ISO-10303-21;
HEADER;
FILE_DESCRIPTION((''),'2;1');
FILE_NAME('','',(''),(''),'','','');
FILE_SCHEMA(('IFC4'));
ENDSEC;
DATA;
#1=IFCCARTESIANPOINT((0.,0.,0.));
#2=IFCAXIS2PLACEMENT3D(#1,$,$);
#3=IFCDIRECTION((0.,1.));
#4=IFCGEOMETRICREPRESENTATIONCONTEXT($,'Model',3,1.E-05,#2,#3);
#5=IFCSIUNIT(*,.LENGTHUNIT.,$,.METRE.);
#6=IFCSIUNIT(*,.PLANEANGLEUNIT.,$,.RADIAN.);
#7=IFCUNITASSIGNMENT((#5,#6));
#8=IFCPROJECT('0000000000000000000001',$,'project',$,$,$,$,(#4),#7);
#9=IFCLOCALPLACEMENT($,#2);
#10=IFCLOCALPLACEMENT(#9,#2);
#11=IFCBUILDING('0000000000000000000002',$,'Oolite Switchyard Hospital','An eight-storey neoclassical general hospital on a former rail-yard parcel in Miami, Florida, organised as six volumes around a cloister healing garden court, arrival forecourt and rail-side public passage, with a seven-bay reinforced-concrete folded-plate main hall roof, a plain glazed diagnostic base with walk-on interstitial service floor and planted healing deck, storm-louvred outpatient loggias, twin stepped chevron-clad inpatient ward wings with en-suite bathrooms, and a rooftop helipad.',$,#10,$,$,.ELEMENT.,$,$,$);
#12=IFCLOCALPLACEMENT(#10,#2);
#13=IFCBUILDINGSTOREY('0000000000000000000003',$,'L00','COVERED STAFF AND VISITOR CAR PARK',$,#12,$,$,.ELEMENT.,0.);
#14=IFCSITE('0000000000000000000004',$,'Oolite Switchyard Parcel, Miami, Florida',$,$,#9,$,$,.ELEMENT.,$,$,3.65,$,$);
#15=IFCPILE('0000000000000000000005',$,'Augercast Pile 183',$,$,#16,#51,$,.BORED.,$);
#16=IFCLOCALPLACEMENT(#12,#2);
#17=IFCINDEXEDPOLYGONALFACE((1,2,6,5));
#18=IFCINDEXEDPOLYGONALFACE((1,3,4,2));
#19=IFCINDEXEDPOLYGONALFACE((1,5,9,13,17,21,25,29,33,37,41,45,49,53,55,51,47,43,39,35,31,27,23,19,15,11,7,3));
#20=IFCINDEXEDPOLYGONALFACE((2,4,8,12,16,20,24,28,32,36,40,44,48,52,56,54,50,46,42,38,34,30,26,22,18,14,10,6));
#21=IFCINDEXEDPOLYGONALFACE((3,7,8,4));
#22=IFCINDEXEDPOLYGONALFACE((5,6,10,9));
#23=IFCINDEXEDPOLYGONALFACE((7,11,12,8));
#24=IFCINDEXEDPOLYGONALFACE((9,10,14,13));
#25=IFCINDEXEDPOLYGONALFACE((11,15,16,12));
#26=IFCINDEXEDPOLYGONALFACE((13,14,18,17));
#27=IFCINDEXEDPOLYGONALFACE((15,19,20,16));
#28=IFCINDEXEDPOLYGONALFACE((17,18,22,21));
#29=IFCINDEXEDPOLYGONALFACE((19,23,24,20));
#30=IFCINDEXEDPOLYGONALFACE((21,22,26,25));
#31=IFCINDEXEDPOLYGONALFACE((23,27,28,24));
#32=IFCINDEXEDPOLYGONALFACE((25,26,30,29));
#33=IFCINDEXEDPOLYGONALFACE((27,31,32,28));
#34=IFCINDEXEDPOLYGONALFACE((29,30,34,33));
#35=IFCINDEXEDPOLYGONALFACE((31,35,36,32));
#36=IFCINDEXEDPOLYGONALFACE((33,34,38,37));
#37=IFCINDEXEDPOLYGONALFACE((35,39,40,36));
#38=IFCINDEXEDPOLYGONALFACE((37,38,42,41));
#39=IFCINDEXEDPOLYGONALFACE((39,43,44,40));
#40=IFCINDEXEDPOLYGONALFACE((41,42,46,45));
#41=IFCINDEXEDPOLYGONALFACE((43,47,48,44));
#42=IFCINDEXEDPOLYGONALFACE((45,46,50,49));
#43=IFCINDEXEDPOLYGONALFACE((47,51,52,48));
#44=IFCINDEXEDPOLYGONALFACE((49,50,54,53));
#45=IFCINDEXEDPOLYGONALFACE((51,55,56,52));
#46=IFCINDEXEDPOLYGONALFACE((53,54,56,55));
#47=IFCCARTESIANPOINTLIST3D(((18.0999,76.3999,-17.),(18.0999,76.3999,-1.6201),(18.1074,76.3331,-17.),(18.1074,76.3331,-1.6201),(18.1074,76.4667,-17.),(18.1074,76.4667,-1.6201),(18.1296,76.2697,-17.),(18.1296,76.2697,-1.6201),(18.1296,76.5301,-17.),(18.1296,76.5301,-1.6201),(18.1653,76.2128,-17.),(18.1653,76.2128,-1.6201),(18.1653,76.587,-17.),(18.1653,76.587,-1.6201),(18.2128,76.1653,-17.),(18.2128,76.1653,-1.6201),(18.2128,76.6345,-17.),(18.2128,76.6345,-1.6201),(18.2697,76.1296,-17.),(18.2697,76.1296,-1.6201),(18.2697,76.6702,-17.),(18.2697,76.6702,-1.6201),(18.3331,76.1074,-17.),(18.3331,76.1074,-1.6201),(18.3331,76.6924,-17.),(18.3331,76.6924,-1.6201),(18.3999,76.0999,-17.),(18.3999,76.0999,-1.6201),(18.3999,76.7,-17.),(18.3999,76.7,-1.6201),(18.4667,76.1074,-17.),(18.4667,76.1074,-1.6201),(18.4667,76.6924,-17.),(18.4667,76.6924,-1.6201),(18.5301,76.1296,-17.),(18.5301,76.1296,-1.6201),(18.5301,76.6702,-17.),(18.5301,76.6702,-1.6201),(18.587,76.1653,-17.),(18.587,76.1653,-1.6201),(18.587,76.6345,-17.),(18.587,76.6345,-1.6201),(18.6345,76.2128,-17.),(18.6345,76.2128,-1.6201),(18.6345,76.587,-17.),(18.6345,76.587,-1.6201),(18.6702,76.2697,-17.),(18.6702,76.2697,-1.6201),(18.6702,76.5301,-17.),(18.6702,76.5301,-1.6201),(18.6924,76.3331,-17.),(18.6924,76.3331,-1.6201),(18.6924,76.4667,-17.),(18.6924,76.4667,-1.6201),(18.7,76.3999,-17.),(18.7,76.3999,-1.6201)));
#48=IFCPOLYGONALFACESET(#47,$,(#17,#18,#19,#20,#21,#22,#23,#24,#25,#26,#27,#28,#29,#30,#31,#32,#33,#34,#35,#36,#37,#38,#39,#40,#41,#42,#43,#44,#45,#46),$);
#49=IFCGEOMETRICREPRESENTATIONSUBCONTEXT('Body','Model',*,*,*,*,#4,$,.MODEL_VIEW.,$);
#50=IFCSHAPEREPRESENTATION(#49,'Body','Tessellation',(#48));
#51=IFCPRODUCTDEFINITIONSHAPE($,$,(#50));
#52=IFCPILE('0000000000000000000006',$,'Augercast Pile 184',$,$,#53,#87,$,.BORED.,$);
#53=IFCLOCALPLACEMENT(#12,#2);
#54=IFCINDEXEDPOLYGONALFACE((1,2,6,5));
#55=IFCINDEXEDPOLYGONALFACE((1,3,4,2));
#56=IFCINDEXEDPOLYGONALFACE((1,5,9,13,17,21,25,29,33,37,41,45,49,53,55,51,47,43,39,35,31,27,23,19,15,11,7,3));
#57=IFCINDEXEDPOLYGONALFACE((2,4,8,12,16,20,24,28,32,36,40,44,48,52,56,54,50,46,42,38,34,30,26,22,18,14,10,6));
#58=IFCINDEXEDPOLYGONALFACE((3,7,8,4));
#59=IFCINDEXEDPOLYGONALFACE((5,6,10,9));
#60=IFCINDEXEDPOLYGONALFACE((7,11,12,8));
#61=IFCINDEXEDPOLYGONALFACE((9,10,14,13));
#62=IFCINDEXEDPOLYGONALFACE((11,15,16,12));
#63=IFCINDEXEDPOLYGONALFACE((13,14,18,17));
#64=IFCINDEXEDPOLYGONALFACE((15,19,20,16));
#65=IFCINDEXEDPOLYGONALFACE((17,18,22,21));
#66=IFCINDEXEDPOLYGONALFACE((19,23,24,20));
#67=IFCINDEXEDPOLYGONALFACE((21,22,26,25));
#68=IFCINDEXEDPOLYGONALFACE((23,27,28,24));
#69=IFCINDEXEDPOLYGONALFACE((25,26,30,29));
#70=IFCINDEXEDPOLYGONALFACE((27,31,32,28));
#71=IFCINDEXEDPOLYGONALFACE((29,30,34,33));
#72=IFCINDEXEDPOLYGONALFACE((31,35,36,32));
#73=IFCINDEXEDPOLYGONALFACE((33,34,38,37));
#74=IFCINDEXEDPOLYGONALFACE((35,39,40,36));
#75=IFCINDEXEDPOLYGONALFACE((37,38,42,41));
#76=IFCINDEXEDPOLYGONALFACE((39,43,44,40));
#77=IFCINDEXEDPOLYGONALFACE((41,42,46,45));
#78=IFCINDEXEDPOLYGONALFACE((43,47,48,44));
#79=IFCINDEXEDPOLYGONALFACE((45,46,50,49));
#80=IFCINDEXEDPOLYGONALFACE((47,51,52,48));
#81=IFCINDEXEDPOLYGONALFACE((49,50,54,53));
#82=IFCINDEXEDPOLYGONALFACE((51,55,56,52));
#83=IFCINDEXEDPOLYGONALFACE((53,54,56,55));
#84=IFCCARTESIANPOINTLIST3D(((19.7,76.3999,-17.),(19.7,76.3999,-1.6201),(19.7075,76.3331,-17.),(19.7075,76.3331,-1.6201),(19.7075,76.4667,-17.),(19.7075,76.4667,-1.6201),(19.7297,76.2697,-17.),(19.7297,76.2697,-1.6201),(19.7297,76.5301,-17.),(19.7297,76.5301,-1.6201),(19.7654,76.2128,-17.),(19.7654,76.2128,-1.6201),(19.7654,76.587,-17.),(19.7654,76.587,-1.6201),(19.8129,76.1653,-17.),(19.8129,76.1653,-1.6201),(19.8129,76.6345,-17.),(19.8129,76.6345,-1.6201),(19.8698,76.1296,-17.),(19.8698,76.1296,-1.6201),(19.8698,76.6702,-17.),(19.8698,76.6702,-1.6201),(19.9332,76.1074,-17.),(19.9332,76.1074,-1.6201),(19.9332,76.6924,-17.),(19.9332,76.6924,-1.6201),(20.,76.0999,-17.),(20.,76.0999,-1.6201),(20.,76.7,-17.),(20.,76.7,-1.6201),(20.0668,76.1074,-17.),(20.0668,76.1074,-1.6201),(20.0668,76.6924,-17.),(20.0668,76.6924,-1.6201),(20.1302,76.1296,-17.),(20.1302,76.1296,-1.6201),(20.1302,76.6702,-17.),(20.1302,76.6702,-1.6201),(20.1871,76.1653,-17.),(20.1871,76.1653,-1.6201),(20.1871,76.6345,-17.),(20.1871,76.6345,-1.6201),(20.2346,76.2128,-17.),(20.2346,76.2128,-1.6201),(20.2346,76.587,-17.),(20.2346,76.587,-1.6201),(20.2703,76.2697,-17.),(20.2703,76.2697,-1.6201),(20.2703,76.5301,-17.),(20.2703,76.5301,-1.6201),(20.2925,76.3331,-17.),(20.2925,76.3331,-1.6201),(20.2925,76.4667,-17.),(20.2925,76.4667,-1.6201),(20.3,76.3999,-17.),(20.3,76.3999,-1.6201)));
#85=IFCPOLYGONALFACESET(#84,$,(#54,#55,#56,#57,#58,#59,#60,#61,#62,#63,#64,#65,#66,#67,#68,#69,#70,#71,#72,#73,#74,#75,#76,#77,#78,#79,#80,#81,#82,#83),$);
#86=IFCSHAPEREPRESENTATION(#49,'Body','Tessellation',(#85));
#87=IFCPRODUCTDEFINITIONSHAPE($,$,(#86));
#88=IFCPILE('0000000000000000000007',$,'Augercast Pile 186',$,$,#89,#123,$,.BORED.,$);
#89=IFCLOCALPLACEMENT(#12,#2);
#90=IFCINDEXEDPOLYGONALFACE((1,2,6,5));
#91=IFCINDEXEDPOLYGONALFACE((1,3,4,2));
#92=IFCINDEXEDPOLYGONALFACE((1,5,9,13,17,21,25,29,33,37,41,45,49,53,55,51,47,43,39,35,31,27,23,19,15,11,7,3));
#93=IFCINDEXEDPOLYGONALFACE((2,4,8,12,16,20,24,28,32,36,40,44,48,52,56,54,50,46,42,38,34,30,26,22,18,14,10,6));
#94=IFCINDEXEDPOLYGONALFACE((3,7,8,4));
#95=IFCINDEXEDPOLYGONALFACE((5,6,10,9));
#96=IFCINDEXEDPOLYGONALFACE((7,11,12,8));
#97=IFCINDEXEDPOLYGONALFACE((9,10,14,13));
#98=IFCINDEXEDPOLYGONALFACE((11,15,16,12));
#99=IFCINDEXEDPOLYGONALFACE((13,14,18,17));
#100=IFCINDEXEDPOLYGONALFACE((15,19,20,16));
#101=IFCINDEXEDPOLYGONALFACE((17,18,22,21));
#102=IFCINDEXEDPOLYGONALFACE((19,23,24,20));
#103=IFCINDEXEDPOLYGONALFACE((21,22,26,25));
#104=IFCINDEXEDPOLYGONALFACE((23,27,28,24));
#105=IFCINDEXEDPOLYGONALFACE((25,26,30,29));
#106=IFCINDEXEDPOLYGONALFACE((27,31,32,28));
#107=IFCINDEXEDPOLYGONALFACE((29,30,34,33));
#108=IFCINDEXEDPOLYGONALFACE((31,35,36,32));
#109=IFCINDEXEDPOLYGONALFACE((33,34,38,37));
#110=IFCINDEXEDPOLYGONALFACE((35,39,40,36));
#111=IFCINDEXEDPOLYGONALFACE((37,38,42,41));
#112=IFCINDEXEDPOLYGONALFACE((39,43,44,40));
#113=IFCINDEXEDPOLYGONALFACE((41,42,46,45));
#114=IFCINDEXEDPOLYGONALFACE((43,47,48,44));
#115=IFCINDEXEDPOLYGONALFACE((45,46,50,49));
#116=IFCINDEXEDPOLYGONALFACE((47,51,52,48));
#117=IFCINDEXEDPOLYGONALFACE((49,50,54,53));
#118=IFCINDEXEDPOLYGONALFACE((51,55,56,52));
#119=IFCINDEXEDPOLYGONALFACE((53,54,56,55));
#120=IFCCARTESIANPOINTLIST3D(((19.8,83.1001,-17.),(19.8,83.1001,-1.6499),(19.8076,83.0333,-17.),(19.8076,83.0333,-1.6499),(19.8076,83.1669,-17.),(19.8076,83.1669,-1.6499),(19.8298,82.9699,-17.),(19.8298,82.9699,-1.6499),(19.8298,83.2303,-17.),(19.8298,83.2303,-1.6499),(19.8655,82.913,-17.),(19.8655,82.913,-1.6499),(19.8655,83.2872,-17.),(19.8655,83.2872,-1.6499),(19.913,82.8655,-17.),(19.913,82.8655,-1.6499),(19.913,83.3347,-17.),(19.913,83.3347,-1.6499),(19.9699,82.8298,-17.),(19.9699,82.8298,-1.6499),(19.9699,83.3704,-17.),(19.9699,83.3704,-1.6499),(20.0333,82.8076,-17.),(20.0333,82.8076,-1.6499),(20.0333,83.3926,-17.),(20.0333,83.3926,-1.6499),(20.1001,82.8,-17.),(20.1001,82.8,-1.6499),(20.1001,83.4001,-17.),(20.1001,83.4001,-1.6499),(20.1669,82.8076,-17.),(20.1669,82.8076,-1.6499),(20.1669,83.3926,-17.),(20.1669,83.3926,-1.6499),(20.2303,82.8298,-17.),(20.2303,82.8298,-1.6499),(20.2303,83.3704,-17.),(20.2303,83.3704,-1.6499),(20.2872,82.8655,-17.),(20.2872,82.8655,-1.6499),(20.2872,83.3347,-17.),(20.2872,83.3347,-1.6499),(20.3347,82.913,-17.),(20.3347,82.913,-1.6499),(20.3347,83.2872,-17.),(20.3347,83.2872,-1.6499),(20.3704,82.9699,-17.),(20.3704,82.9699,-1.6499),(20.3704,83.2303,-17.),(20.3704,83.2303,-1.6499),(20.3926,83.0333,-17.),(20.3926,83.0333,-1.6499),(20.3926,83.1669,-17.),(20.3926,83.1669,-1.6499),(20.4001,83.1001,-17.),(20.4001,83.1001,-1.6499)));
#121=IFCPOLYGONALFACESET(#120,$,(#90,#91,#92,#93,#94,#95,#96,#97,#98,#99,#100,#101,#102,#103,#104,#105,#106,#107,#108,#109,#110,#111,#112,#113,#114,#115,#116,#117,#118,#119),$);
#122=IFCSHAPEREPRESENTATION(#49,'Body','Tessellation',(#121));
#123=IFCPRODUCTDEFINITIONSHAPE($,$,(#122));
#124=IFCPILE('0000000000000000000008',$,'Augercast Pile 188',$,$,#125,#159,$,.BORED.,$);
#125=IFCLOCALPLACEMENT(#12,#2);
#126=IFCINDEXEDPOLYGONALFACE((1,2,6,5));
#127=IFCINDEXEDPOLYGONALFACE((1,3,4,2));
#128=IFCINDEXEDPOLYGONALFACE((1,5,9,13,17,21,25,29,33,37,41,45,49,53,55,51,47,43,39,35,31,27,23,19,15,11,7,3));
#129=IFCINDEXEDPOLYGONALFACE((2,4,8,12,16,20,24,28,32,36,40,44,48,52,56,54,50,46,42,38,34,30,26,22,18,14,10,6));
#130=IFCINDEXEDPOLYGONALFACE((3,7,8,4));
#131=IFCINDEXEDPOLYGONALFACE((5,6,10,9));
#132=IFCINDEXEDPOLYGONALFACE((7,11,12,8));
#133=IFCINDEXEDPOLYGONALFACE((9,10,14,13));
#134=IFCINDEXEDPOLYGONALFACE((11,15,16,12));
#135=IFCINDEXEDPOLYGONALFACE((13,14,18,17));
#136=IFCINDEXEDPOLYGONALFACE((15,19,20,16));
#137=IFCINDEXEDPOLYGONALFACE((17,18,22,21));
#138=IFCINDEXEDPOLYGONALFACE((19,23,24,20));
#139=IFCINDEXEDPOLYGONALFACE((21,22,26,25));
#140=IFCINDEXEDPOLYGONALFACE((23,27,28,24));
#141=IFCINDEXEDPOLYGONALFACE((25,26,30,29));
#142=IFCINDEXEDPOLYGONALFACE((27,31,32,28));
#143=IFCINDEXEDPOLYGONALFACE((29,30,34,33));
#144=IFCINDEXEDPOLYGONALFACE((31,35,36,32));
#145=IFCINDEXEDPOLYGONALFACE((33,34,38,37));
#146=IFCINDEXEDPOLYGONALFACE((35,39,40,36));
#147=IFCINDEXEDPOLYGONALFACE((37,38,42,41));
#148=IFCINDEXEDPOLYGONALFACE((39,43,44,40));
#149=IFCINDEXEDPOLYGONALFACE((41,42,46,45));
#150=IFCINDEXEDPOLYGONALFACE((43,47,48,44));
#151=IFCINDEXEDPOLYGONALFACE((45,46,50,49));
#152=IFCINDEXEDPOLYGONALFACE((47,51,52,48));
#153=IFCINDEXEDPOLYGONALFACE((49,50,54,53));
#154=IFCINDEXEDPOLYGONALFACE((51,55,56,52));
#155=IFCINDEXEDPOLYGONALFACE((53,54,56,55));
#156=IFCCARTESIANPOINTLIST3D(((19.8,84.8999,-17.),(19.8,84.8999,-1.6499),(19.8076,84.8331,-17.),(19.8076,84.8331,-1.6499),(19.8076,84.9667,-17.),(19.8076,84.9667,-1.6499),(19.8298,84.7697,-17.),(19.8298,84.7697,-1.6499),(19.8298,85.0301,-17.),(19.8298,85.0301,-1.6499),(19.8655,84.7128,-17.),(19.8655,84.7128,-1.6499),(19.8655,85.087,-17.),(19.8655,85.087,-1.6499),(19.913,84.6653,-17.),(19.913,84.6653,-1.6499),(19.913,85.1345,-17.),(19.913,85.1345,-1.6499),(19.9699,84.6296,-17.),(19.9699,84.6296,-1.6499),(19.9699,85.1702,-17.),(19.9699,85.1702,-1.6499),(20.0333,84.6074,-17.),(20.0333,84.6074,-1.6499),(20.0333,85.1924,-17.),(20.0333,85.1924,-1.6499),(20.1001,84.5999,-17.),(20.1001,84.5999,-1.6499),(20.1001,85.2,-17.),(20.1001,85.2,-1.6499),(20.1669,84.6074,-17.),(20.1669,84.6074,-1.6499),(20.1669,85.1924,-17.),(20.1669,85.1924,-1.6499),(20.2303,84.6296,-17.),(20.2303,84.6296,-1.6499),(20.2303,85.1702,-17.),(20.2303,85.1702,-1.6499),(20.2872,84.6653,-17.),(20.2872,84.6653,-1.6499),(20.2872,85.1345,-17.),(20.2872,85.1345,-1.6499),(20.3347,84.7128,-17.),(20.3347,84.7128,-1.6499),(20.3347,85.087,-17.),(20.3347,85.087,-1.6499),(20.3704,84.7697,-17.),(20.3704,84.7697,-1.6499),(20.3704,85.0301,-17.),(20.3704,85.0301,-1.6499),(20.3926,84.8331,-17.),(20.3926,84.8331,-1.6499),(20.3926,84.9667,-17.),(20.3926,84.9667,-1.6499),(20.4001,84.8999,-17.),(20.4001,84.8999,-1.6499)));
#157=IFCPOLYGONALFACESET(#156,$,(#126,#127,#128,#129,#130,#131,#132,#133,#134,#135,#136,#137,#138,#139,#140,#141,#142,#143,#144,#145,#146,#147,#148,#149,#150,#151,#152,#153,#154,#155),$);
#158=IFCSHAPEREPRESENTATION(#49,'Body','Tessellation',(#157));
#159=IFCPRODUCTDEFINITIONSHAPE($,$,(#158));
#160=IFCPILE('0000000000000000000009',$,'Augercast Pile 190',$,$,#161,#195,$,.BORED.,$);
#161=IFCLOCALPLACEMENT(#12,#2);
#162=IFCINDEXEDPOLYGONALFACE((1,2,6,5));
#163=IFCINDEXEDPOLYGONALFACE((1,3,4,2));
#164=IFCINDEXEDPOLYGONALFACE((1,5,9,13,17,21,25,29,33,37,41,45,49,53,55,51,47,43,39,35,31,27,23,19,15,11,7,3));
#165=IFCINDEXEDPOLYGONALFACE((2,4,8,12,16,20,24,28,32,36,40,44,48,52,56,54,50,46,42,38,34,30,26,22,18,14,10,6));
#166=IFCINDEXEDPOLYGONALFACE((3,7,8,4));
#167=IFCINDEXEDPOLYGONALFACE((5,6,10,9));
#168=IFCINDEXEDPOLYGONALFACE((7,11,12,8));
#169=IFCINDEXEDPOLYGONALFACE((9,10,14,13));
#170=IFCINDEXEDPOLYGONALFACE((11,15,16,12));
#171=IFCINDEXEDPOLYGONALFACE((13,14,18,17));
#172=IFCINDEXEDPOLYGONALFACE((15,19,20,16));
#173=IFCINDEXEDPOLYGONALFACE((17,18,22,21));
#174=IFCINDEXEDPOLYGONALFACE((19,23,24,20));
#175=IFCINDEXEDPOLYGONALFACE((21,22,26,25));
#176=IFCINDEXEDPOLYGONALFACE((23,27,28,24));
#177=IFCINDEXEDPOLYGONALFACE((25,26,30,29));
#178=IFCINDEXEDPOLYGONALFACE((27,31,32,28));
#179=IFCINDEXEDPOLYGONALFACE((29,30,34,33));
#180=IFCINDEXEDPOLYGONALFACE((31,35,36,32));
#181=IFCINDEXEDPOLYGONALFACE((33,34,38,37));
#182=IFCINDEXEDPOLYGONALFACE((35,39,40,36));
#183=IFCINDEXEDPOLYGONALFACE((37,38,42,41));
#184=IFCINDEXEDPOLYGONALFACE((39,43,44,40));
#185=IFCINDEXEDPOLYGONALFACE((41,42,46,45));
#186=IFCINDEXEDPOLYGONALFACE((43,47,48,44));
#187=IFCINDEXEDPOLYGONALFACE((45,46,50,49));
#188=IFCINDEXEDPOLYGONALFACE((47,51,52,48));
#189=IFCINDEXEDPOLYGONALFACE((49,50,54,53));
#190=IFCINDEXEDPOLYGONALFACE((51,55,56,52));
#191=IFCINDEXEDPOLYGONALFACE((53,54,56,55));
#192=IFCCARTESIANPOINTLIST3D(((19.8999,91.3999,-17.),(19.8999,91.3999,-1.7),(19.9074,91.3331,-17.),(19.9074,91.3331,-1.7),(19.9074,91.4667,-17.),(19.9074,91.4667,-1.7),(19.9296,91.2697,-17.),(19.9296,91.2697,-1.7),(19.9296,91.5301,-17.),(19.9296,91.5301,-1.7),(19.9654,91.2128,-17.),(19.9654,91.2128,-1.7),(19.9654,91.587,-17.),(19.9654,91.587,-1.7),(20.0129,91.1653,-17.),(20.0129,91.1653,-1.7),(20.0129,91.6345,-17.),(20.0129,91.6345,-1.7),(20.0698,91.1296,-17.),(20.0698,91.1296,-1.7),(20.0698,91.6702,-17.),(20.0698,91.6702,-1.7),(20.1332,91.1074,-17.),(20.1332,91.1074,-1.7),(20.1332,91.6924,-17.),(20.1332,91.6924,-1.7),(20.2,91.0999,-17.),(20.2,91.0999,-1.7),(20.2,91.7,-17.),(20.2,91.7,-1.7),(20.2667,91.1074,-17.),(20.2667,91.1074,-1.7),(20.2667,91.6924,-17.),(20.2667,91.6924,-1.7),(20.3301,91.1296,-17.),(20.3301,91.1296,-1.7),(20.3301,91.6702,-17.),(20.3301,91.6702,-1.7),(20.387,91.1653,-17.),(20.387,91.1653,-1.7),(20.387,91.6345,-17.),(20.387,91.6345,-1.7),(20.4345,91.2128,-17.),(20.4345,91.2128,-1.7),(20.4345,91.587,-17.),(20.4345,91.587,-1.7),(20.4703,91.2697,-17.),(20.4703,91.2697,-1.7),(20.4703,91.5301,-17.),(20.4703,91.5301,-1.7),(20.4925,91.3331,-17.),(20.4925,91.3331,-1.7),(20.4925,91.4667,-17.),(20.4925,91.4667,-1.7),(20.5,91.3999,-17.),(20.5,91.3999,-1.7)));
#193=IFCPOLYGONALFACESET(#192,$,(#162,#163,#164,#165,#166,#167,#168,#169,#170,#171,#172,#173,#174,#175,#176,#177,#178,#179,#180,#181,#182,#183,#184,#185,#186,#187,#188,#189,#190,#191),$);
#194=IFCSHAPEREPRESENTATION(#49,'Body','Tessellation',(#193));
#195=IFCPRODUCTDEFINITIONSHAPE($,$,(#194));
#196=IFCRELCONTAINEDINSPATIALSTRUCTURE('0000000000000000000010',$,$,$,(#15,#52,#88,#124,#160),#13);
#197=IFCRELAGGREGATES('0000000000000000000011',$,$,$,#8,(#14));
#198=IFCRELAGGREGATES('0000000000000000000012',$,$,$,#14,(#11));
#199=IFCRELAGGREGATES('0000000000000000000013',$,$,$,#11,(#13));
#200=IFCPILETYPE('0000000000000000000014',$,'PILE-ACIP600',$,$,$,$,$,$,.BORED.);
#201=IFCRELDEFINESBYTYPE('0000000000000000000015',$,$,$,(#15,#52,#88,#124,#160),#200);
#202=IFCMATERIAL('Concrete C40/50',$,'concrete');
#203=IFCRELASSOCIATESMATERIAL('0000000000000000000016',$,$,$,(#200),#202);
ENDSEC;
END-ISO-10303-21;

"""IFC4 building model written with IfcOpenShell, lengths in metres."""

from ifc_helpers import new_model, si_unit, direction, frame, origin, origin_2d, place, context, subcontext, project, spatial, circle, extrude, material, material_profile, profile_set, type_object, element, save


model = new_model("IFC4")

# Units and contexts
model_context = context("Model", 3, precision=1e-05, world=origin(), true_north=direction((0.0, 1.0)))
body_context = subcontext(model_context, "Body", "Model", "MODEL_VIEW")
ifc_project = project(units=[si_unit("LENGTHUNIT", "METRE"), si_unit("PLANEANGLEUNIT", "RADIAN")], contexts=[model_context])

# Site, building, storey
site_placement = place(None, origin())
site = spatial("IfcSite", under=ifc_project, at=site_placement, Name="Oolite Switchyard Parcel, Miami, Florida", CompositionType="ELEMENT", RefElevation=3.65)
building_placement = place(site_placement, origin())
building = spatial("IfcBuilding", under=site, at=building_placement, Name="Oolite Switchyard Hospital", Description="An eight-storey neoclassical general hospital on a former rail-yard parcel in Miami, Florida, organised as six volumes around a cloister healing garden court, arrival forecourt and rail-side public passage, with a seven-bay reinforced-concrete folded-plate main hall roof, a plain glazed diagnostic base with walk-on interstitial service floor and planted healing deck, storm-louvred outpatient loggias, twin stepped chevron-clad inpatient ward wings with en-suite bathrooms, and a rooftop helipad.", CompositionType="ELEMENT")
storey_placement = place(building_placement, origin())
storey = spatial("IfcBuildingStorey", under=building, at=storey_placement, Name="L00", Description="COVERED STAFF AND VISITOR CAR PARK", CompositionType="ELEMENT", Elevation=0.0)

# Shared definitions
ifc_material_1 = material(Name="Concrete C40/50", Category="concrete")

# Piles
ifc_material_profile_1 = material_profile(ifc_material_1, circle(Radius=0.3, at=origin_2d()), Name="PILE600")
ifc_profile_set_1 = profile_set([ifc_material_profile_1], Name="Concrete C40/50")
pile_type = type_object("IfcPileType", Name="PILE-ACIP600", PredefinedType="BORED", material=ifc_profile_set_1)
for number, where, z_axis, x_axis, name in (
    (1, (18.3999, 76.3999, -1.6201), (0.0, 0.0, -1.0), (1.0, 0.0, 0.0), "Augercast Pile 183"),
    (2, (20.0, 76.3999, -1.6201), (0.0, 0.0, -1.0), (1.0, 0.0, 0.0), "Augercast Pile 184"),
):
    element("IfcPile", number, at=place(storey_placement, frame(where, z_axis=z_axis, x_axis=x_axis)), inside=storey, type_object=pile_type, Name=name, PredefinedType="BORED", context=body_context, shape_type="SweptSolid", body=[
        extrude(circle(Radius=0.3, at=origin_2d()), origin(), (0.0, 0.0, 1.0), 15.3799),
    ])
for number, where, z_axis, x_axis, name in (
    (3, (20.1001, 83.1001, -1.6499), (0.0, 0.0, -1.0), (1.0, 0.0, 0.0), "Augercast Pile 186"),
    (4, (20.1001, 84.8999, -1.6499), (0.0, 0.0, -1.0), (1.0, 0.0, 0.0), "Augercast Pile 188"),
):
    element("IfcPile", number, at=place(storey_placement, frame(where, z_axis=z_axis, x_axis=x_axis)), inside=storey, type_object=pile_type, Name=name, PredefinedType="BORED", context=body_context, shape_type="SweptSolid", body=[
        extrude(circle(Radius=0.3, at=origin_2d()), origin(), (0.0, 0.0, 1.0), 15.3501),
    ])
pile_1_placement = place(storey_placement, frame((20.2, 91.3999, -1.7), z_axis=(0.0, 0.0, -1.0), x_axis=(1.0, 0.0, 0.0)))
element("IfcPile", 5, at=pile_1_placement, inside=storey, type_object=pile_type, Name="Augercast Pile 190", PredefinedType="BORED", context=body_context, shape_type="SweptSolid", body=[
    extrude(circle(Radius=0.3, at=origin_2d()), origin(), (0.0, 0.0, 1.0), 15.3),
])

save(model, "model.ifc")
